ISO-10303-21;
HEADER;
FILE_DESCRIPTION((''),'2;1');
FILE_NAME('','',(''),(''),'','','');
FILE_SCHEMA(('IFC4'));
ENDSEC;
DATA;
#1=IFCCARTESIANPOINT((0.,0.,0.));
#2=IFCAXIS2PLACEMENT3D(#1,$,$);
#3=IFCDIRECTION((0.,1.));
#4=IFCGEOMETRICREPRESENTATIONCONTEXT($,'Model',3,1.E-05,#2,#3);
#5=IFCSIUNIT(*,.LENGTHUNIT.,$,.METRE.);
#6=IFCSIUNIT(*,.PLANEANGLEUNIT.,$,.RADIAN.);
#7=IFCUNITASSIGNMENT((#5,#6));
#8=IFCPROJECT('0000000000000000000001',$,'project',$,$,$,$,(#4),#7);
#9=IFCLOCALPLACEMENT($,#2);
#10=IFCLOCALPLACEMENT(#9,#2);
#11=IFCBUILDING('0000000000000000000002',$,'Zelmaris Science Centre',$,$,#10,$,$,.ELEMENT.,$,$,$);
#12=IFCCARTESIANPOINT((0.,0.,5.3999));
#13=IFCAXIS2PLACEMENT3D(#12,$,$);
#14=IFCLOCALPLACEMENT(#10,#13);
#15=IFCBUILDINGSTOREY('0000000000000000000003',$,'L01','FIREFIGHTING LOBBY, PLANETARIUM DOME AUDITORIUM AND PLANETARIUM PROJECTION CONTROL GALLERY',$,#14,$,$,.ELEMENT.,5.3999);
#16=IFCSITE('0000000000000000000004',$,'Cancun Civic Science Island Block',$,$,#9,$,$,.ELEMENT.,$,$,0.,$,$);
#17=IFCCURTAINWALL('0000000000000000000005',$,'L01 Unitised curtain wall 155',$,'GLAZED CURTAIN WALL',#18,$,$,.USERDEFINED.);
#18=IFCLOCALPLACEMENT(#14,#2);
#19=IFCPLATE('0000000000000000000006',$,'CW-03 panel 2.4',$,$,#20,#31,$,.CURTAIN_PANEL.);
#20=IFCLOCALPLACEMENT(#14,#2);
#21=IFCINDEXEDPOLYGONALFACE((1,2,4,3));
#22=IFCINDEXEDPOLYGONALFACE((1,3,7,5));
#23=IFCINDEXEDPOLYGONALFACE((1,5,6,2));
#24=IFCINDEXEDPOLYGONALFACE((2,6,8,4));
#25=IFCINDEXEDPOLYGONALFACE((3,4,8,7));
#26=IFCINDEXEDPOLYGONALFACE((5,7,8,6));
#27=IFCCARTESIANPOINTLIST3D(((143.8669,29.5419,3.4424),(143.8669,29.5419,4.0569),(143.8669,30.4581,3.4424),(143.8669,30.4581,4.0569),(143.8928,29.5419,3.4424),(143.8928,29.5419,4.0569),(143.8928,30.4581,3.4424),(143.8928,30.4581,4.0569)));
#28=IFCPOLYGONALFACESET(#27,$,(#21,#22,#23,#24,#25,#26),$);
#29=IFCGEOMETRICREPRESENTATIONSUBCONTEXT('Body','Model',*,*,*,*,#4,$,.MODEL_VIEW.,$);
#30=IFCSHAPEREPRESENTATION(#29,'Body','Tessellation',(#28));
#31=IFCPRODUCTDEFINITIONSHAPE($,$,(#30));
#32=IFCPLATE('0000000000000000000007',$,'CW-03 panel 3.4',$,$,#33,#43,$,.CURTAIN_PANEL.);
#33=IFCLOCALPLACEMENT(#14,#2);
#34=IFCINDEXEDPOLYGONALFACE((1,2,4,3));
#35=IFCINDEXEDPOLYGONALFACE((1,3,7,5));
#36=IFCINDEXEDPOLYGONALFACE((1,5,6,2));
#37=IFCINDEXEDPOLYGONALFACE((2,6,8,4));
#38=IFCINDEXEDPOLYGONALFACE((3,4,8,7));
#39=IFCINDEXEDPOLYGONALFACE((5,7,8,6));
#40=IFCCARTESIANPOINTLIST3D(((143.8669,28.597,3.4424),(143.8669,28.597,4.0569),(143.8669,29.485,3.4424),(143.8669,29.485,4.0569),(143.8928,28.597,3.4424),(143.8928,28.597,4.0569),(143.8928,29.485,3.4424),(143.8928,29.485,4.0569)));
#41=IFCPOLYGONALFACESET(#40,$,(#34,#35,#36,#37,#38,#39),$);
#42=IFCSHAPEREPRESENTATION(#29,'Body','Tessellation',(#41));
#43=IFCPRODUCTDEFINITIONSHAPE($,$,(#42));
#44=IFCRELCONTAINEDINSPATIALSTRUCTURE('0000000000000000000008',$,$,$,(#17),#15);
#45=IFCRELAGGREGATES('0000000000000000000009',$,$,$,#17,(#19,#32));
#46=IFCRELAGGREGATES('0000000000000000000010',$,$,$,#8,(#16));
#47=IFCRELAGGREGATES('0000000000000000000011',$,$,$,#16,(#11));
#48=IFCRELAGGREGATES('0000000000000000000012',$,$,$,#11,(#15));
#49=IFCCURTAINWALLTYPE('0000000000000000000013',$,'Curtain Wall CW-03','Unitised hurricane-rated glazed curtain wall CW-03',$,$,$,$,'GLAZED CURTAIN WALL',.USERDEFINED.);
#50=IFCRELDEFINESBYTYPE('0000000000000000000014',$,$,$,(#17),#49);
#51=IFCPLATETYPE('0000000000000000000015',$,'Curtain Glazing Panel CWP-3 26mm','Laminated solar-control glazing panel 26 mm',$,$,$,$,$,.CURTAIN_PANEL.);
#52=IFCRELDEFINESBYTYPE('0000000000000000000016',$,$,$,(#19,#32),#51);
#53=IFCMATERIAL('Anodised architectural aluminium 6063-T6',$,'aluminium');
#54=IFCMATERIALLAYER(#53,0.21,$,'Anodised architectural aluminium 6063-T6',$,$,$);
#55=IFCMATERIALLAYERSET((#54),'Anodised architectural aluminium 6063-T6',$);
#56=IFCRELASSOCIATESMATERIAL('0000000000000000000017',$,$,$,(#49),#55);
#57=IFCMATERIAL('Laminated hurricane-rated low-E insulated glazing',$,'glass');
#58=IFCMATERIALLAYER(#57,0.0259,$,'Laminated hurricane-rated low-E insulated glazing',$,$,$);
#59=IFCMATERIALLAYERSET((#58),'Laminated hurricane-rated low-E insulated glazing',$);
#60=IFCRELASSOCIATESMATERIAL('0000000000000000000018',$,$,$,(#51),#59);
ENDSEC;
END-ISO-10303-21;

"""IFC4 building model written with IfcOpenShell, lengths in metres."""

from ifc_helpers import new_model, si_unit, direction, frame, origin, origin_2d, place, context, subcontext, project, spatial, rectangle, extrude, material, layer, layer_set, type_object, element, aggregate, save


model = new_model("IFC4")

# Units and contexts
model_context = context("Model", 3, precision=1e-05, world=origin(), true_north=direction((0.0, 1.0)))
body_context = subcontext(model_context, "Body", "Model", "MODEL_VIEW")
ifc_project = project(units=[si_unit("LENGTHUNIT", "METRE"), si_unit("PLANEANGLEUNIT", "RADIAN")], contexts=[model_context])

# Site, building, storey
site_placement = place(None, origin())
site = spatial("IfcSite", under=ifc_project, at=site_placement, Name="Cancun Civic Science Island Block", CompositionType="ELEMENT", RefElevation=0.0)
building_placement = place(site_placement, origin())
building = spatial("IfcBuilding", under=site, at=building_placement, Name="Zelmaris Science Centre", CompositionType="ELEMENT")
storey_placement = place(building_placement, frame((0.0, 0.0, 5.3999)))
storey = spatial("IfcBuildingStorey", under=building, at=storey_placement, Name="L01", Description="FIREFIGHTING LOBBY, PLANETARIUM DOME AUDITORIUM AND PLANETARIUM PROJECTION CONTROL GALLERY", CompositionType="ELEMENT", Elevation=5.3999)

# Curtain wall
ifc_material_1 = material(Name="Anodised architectural aluminium 6063-T6", Category="aluminium")
ifc_layer_1 = layer(ifc_material_1, 0.21, Name="Anodised architectural aluminium 6063-T6")
ifc_layer_set_1 = layer_set([ifc_layer_1], Name="Anodised architectural aluminium 6063-T6")
curtain_wall_type = type_object("IfcCurtainWallType", Name="Curtain Wall CW-03", Description="Unitised hurricane-rated glazed curtain wall CW-03", ElementType="GLAZED CURTAIN WALL", PredefinedType="USERDEFINED", material=ifc_layer_set_1)
curtain_wall_placement = place(storey_placement, origin())
curtain_wall = element("IfcCurtainWall", 1, at=curtain_wall_placement, inside=storey, type_object=curtain_wall_type, Name="L01 Unitised curtain wall 155", ObjectType="GLAZED CURTAIN WALL", PredefinedType="USERDEFINED")

# Plates
ifc_material_2 = material(Name="Laminated hurricane-rated low-E insulated glazing", Category="glass")
ifc_layer_2 = layer(ifc_material_2, 0.0259, Name="Laminated hurricane-rated low-E insulated glazing")
ifc_layer_set_2 = layer_set([ifc_layer_2], Name="Laminated hurricane-rated low-E insulated glazing")
plate_type = type_object("IfcPlateType", Name="Curtain Glazing Panel CWP-3 26mm", Description="Laminated solar-control glazing panel 26 mm", PredefinedType="CURTAIN_PANEL", material=ifc_layer_set_2)
plate_1_placement = place(storey_placement, frame((143.8799, 30.0, 3.4424), z_axis=(0.0, 0.0, 1.0), x_axis=(0.0, -1.0, 0.0)))
plate_1 = element("IfcPlate", 2, at=plate_1_placement, type_object=plate_type, Name="CW-03 panel 2.4", PredefinedType="CURTAIN_PANEL", context=body_context, shape_type="SweptSolid", body=[
    extrude(rectangle(XDim=0.9163, YDim=0.0259, at=origin_2d()), origin(), (0.0, 0.0, 1.0), 0.6145),
])
plate_2_placement = place(storey_placement, frame((143.8799, 29.041, 3.4424), z_axis=(0.0, 0.0, 1.0), x_axis=(0.0, -1.0, 0.0)))
plate_2 = element("IfcPlate", 3, at=plate_2_placement, type_object=plate_type, Name="CW-03 panel 3.4", PredefinedType="CURTAIN_PANEL", context=body_context, shape_type="SweptSolid", body=[
    extrude(rectangle(XDim=0.8879, YDim=0.0259, at=origin_2d()), origin(), (0.0, 0.0, 1.0), 0.6145),
])
aggregate(curtain_wall, [plate_1, plate_2])

save(model, "model.ifc")
